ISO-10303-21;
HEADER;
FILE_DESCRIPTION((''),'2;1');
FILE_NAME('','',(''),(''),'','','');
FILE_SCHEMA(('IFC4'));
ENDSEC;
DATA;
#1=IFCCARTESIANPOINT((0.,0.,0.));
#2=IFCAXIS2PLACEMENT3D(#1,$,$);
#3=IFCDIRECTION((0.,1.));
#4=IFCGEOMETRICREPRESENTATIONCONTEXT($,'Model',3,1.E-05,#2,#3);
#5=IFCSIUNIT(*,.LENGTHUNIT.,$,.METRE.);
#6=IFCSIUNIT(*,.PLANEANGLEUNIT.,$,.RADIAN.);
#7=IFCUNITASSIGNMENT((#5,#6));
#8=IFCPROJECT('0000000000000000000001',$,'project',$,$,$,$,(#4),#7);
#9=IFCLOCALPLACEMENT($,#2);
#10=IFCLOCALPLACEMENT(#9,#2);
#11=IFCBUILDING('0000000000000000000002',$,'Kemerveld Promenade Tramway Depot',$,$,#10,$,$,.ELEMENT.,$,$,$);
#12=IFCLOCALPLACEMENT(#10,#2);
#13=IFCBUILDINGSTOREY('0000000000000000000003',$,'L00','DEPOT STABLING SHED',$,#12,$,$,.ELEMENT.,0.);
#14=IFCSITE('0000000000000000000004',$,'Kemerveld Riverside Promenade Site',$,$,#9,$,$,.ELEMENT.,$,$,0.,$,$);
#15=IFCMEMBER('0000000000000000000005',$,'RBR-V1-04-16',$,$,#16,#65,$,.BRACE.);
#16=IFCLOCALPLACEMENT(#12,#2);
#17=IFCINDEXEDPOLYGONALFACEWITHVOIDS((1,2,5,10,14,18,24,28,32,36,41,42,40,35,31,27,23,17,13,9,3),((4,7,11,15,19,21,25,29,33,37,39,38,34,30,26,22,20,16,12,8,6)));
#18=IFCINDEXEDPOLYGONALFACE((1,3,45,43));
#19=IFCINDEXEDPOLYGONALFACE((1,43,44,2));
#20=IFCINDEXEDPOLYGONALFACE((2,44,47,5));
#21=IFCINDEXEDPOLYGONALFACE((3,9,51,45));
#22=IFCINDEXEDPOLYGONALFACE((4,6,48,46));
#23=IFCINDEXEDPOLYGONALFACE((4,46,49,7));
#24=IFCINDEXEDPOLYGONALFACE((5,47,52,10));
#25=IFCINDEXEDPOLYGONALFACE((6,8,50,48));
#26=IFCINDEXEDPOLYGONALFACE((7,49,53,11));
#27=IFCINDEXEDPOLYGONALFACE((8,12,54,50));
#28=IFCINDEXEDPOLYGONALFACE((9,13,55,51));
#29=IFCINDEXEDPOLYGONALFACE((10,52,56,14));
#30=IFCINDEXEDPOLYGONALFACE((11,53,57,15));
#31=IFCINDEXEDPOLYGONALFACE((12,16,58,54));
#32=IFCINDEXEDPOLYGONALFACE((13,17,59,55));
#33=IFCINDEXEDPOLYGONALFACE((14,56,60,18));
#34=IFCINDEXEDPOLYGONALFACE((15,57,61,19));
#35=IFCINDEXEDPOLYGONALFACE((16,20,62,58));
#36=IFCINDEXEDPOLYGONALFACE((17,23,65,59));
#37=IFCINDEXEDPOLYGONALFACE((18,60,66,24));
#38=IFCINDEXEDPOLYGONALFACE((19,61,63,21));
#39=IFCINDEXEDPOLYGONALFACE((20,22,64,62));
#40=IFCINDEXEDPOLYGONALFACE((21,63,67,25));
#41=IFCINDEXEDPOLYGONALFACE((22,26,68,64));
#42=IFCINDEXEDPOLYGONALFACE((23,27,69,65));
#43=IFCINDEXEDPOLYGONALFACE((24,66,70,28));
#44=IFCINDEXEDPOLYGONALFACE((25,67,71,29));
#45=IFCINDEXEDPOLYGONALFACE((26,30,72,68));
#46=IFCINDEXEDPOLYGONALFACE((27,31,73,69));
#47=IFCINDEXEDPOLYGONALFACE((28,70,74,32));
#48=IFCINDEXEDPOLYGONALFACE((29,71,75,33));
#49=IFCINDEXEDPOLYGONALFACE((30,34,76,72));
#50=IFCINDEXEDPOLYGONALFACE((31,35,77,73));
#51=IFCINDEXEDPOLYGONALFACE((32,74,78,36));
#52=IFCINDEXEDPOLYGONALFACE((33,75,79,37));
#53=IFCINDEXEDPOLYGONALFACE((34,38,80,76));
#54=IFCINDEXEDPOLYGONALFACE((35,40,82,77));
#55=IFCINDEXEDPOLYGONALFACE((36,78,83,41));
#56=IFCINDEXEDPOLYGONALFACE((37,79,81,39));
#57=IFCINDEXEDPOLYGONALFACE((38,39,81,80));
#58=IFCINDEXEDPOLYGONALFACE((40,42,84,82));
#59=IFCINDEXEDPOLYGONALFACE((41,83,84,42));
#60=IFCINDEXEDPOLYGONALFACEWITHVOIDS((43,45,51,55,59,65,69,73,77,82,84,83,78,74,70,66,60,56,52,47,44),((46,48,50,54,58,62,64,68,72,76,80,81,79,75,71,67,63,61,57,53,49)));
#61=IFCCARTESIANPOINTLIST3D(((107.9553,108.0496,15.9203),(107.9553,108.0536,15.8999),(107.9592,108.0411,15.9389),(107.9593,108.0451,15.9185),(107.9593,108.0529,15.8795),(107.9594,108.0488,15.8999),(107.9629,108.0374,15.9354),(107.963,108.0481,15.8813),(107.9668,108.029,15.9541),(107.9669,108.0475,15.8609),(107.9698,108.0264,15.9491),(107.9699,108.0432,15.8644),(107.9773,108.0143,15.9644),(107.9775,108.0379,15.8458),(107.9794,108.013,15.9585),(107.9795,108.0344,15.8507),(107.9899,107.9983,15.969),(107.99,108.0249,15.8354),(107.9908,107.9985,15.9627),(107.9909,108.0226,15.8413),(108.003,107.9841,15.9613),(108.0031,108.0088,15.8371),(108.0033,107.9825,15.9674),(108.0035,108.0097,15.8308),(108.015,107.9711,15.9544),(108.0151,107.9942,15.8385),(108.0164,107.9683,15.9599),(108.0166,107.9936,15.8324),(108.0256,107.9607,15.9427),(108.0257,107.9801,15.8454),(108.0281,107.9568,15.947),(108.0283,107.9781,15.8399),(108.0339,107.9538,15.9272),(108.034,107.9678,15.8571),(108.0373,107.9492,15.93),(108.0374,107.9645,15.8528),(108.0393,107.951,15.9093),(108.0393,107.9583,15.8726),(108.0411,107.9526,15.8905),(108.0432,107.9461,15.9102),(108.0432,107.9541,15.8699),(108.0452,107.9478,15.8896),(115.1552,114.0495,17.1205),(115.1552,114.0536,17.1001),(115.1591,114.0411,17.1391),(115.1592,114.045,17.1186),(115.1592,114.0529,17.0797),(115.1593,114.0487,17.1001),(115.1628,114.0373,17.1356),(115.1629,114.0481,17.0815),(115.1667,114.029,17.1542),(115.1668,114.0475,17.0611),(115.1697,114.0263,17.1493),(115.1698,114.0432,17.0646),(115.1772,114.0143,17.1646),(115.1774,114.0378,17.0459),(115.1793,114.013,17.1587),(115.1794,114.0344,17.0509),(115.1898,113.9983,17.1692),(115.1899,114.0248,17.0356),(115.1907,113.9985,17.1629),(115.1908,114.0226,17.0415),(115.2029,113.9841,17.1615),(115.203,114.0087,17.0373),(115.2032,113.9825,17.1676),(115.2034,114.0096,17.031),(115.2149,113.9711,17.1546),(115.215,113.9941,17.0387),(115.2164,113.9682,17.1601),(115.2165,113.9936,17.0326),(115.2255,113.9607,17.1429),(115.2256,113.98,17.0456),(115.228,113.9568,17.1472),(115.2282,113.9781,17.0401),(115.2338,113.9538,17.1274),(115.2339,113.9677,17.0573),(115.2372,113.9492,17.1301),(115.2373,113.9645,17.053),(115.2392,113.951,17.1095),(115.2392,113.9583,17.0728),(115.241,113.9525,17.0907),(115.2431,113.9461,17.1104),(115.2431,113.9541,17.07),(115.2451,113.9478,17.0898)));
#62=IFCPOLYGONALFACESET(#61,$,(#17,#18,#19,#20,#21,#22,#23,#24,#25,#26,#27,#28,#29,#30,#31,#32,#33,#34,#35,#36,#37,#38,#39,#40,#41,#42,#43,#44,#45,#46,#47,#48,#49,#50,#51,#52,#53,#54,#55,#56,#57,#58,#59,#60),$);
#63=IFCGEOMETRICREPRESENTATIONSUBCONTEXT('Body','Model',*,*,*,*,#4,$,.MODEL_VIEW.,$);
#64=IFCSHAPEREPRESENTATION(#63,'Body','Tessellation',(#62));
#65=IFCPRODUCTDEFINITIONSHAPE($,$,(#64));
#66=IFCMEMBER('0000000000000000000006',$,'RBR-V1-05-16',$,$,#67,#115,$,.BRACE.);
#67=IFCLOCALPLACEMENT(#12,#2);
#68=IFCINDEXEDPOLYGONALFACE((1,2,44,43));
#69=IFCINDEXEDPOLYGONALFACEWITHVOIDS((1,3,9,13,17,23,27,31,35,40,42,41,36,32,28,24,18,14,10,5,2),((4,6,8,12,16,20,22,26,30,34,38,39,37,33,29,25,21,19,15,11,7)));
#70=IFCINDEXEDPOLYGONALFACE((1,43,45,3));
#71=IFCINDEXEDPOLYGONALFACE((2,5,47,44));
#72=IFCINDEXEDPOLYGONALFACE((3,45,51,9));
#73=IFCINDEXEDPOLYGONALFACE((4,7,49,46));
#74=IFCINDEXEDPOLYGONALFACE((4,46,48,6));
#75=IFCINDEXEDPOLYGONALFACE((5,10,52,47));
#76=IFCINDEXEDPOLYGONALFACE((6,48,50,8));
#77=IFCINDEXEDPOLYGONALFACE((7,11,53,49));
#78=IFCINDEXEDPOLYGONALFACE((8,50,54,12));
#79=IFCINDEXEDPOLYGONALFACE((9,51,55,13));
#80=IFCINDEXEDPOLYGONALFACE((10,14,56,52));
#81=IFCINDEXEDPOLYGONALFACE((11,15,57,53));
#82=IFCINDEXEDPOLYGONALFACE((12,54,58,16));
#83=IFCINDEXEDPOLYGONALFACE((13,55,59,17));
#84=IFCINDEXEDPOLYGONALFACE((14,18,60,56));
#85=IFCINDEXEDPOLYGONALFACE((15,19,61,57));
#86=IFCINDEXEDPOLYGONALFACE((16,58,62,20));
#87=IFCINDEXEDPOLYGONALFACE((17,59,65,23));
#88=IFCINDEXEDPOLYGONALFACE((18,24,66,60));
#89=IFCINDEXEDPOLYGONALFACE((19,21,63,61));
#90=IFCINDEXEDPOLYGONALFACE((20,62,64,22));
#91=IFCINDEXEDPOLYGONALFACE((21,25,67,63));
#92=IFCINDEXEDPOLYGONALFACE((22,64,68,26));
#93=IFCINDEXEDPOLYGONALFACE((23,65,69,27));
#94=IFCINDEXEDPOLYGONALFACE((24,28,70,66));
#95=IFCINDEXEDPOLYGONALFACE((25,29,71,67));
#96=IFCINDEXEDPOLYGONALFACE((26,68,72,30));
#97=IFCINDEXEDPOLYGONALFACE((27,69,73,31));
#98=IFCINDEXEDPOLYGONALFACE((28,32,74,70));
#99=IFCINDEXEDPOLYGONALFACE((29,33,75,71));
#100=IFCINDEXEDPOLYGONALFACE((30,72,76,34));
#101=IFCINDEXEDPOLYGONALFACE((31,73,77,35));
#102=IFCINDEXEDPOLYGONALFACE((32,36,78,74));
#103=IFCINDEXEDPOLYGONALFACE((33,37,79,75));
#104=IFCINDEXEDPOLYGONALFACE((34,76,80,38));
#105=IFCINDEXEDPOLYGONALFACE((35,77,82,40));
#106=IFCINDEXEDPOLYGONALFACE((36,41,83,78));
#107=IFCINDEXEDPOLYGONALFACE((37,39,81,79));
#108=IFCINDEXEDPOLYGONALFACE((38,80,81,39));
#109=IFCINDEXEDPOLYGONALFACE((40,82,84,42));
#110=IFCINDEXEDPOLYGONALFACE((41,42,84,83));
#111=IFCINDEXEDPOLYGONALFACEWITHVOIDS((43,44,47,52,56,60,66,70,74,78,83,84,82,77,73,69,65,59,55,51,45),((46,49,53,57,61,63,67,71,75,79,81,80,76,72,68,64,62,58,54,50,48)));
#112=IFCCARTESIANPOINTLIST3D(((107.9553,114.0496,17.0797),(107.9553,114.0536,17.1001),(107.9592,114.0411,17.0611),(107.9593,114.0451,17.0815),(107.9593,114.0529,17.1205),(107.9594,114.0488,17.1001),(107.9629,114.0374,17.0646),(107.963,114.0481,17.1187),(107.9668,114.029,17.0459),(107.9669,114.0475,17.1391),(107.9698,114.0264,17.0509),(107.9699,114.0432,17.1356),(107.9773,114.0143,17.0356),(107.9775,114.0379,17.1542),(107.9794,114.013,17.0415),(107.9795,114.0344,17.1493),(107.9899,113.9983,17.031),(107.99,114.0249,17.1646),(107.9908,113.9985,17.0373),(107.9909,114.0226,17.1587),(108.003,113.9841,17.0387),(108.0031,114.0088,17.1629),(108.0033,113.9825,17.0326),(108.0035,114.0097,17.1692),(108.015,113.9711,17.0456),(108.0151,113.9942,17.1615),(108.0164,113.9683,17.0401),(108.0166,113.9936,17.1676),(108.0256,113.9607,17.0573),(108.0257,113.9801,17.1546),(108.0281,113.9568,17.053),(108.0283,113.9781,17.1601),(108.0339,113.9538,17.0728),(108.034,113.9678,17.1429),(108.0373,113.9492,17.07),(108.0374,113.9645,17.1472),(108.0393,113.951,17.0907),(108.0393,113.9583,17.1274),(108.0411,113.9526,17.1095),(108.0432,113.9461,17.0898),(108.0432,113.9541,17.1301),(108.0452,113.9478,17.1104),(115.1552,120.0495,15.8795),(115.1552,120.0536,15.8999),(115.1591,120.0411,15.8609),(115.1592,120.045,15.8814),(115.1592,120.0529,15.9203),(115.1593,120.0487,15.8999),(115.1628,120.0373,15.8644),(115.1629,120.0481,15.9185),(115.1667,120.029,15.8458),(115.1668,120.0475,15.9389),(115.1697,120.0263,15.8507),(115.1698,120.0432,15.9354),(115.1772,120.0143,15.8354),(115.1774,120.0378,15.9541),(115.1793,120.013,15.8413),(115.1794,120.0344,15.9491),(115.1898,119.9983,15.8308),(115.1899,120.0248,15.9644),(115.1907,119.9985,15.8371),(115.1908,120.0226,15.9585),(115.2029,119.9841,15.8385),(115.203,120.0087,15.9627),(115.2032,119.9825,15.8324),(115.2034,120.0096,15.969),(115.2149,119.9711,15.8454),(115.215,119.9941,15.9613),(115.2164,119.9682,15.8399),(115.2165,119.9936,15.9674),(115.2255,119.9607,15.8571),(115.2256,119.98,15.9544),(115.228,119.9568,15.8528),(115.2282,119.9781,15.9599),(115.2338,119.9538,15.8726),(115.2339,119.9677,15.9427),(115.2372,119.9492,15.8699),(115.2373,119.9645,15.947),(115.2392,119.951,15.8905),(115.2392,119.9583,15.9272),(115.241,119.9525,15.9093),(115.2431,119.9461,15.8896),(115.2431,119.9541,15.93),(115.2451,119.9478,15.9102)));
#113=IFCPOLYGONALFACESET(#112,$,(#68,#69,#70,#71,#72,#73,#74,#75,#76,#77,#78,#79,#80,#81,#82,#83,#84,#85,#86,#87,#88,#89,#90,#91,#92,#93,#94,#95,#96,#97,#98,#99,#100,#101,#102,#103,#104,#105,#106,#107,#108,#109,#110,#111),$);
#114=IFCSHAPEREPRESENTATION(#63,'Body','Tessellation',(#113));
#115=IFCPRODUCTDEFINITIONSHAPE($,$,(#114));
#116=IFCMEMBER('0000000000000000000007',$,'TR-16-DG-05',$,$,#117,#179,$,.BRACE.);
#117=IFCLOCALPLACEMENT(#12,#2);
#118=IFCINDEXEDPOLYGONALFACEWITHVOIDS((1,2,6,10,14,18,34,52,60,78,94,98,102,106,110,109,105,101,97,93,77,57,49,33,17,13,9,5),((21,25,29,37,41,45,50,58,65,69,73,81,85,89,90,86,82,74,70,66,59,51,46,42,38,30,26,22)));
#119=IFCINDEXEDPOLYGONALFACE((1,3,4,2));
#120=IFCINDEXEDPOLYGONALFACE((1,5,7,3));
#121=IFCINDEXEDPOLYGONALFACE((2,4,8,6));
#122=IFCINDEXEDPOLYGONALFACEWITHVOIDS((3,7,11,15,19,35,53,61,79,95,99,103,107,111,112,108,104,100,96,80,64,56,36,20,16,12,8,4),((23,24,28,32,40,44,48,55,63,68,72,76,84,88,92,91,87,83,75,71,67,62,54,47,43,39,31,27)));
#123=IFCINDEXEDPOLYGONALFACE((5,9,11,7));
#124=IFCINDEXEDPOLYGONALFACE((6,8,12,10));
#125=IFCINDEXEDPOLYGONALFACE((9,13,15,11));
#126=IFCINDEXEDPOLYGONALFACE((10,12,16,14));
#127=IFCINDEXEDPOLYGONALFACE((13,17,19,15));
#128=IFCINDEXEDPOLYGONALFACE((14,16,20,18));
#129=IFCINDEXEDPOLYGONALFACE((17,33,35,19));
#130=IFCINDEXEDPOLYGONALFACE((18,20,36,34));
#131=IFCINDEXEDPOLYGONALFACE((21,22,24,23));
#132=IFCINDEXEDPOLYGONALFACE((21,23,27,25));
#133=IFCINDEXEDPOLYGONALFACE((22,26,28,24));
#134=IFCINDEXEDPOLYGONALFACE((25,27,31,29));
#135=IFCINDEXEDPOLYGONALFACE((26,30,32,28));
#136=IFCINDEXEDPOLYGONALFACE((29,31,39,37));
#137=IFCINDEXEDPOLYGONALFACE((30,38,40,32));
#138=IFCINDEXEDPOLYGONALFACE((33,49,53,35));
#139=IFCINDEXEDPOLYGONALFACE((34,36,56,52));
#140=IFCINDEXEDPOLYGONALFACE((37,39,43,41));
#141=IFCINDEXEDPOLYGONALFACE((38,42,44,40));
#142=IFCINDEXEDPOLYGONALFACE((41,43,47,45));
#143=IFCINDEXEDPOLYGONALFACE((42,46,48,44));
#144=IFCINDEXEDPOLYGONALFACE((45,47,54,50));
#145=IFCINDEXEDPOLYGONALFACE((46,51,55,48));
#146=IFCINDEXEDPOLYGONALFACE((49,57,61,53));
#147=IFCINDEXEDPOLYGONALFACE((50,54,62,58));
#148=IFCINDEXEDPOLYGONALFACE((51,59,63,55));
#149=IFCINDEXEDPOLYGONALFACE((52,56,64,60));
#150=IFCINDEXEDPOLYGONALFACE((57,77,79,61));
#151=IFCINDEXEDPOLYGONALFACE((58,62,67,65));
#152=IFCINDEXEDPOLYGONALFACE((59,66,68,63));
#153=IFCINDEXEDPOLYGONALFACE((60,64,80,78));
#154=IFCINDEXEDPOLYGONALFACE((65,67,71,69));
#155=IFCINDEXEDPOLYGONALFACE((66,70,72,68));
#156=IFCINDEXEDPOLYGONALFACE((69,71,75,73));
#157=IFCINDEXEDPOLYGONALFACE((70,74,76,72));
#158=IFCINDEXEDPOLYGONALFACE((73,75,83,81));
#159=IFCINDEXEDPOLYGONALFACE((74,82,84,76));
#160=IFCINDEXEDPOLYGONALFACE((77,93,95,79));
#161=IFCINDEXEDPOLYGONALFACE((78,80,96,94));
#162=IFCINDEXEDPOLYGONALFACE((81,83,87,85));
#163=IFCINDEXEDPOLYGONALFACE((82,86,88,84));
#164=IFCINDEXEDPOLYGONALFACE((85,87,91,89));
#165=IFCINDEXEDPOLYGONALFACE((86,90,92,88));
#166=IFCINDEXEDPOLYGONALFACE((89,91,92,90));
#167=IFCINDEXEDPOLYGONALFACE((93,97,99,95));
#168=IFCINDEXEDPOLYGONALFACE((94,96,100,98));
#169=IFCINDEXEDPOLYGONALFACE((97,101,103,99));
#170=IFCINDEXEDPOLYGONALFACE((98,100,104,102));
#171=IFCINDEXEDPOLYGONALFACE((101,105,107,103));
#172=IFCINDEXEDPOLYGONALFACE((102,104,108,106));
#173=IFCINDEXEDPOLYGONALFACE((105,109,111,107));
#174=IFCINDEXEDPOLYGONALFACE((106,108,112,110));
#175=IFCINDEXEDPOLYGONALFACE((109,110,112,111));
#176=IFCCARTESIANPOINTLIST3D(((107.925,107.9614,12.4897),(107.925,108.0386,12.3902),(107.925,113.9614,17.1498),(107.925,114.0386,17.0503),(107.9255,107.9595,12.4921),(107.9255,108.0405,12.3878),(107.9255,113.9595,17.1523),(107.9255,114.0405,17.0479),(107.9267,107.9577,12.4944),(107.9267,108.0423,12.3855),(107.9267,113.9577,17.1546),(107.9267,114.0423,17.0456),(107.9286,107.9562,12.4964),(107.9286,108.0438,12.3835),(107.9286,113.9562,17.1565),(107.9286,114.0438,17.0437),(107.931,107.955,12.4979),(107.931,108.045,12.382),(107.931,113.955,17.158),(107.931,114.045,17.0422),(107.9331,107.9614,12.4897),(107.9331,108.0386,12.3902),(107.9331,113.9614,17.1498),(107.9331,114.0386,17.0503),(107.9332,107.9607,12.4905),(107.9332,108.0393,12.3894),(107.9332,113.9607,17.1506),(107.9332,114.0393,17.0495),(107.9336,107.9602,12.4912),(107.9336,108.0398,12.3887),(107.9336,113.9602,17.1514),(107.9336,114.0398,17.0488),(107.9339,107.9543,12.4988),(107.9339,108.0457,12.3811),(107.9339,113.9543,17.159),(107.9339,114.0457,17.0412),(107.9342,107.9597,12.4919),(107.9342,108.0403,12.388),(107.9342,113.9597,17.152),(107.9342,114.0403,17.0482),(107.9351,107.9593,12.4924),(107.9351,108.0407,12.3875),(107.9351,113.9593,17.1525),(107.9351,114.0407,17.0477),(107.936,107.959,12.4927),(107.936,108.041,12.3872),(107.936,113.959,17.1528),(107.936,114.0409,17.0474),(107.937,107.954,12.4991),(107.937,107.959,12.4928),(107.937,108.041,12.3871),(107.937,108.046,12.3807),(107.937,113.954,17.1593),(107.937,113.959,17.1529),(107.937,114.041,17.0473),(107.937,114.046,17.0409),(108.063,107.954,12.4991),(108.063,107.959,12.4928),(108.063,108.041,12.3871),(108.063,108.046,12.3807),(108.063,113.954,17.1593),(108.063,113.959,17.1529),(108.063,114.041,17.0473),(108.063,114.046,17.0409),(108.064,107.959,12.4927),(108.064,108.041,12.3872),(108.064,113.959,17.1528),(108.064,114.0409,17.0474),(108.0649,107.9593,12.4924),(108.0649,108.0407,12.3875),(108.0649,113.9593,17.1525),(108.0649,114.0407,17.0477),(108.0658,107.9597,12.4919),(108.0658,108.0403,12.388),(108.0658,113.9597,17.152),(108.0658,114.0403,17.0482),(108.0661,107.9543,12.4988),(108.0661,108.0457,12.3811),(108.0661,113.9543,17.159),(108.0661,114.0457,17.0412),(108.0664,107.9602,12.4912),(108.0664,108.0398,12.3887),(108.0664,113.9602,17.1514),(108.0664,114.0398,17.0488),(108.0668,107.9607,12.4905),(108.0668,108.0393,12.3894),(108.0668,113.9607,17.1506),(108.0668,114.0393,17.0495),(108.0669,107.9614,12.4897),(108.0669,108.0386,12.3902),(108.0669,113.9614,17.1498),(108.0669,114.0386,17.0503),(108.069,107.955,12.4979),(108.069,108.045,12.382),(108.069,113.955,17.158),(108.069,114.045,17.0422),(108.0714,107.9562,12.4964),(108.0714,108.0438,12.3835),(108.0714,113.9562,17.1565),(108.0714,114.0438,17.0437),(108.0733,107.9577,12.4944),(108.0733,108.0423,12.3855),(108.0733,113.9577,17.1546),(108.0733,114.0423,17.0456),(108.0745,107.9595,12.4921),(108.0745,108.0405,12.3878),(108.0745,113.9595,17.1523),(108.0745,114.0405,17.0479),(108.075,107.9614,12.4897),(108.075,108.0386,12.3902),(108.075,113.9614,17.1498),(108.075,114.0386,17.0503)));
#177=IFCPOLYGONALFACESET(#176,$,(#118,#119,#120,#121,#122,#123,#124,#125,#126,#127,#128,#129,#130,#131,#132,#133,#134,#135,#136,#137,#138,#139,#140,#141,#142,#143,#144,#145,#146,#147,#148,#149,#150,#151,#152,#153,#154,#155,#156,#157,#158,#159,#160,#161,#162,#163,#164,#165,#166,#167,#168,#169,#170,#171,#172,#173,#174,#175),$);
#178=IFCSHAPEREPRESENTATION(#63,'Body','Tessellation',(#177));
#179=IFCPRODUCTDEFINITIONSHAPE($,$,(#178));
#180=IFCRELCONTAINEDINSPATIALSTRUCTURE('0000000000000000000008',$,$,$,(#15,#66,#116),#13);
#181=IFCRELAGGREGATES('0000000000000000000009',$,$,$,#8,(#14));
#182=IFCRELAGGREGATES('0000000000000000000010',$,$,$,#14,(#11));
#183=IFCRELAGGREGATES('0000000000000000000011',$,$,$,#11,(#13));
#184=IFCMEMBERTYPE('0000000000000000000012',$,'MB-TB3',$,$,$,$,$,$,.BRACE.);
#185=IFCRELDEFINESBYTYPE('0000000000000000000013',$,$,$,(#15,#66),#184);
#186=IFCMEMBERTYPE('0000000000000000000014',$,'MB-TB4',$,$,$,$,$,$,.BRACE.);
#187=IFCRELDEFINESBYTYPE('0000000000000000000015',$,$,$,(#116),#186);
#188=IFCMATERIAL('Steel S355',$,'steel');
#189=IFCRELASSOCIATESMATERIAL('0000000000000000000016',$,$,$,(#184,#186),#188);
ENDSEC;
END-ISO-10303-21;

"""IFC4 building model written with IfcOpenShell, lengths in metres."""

from ifc_helpers import new_model, si_unit, direction, frame, origin, origin_2d, place, context, subcontext, project, spatial, hollow_rectangle, hollow_circle, extrude, material, material_profile, profile_set, type_object, element, save


model = new_model("IFC4")

# Units and contexts
model_context = context("Model", 3, precision=1e-05, world=origin(), true_north=direction((0.0, 1.0)))
body_context = subcontext(model_context, "Body", "Model", "MODEL_VIEW")
ifc_project = project(units=[si_unit("LENGTHUNIT", "METRE"), si_unit("PLANEANGLEUNIT", "RADIAN")], contexts=[model_context])

# Site, building, storey
site_placement = place(None, origin())
site = spatial("IfcSite", under=ifc_project, at=site_placement, Name="Kemerveld Riverside Promenade Site", CompositionType="ELEMENT", RefElevation=0.0)
building_placement = place(site_placement, origin())
building = spatial("IfcBuilding", under=site, at=building_placement, Name="Kemerveld Promenade Tramway Depot", CompositionType="ELEMENT")
storey_placement = place(building_placement, origin())
storey = spatial("IfcBuildingStorey", under=building, at=storey_placement, Name="L00", Description="DEPOT STABLING SHED", CompositionType="ELEMENT", Elevation=0.0)

# Members
ifc_material_1 = material(Name="Steel S355", Category="steel")
ifc_material_profile_1 = material_profile(ifc_material_1, hollow_circle(Radius=0.0698, WallThickness=0.0063, at=origin_2d()), Name="139.7x6.3 CHS")
ifc_profile_set_1 = profile_set([ifc_material_profile_1], Name="Steel S355")
member_type_1 = type_object("IfcMemberType", Name="MB-TB3", PredefinedType="BRACE", material=ifc_profile_set_1)
for number, where, z_axis, x_axis, name in (
    (1, (108.0, 108.0, 15.8999), (0.761997, 0.635001, 0.127021), (-0.640187, 0.768219, 0.0), "RBR-V1-04-16"),
    (2, (108.0, 114.0, 17.1001), (0.761997, 0.635001, -0.127021), (-0.640187, 0.768219, 0.0), "RBR-V1-05-16"),
):
    element("IfcMember", number, at=place(storey_placement, frame(where, z_axis=z_axis, x_axis=x_axis)), inside=storey, type_object=member_type_1, Name=name, PredefinedType="BRACE", context=body_context, shape_type="SweptSolid", body=[
        extrude(hollow_circle(Radius=0.0698, WallThickness=0.0063, at=origin_2d()), origin(), (0.0, 0.0, 1.0), 9.4487),
    ])
ifc_material_profile_2 = material_profile(ifc_material_1, hollow_rectangle(XDim=0.1499, YDim=0.1499, WallThickness=0.0081, InnerFilletRadius=0.0039, OuterFilletRadius=0.012, at=origin_2d()), Name="150x150x8.0 SHS")
ifc_profile_set_2 = profile_set([ifc_material_profile_2], Name="Steel S355")
member_type_2 = type_object("IfcMemberType", Name="MB-TB4", PredefinedType="BRACE", material=ifc_profile_set_2)
member_1_placement = place(storey_placement, frame((108.0, 108.0, 12.4399), z_axis=(0.0, 0.789767, 0.613407), x_axis=(-1.0, 0.0, 0.0)))
element("IfcMember", 3, at=member_1_placement, inside=storey, type_object=member_type_2, Name="TR-16-DG-05", PredefinedType="BRACE", context=body_context, shape_type="SweptSolid", body=[
    extrude(hollow_rectangle(XDim=0.1499, YDim=0.1499, WallThickness=0.0081, InnerFilletRadius=0.0039, OuterFilletRadius=0.012, at=origin_2d()), origin(), (0.0, 0.0, 1.0), 7.5972),
])

save(model, "model.ifc")
